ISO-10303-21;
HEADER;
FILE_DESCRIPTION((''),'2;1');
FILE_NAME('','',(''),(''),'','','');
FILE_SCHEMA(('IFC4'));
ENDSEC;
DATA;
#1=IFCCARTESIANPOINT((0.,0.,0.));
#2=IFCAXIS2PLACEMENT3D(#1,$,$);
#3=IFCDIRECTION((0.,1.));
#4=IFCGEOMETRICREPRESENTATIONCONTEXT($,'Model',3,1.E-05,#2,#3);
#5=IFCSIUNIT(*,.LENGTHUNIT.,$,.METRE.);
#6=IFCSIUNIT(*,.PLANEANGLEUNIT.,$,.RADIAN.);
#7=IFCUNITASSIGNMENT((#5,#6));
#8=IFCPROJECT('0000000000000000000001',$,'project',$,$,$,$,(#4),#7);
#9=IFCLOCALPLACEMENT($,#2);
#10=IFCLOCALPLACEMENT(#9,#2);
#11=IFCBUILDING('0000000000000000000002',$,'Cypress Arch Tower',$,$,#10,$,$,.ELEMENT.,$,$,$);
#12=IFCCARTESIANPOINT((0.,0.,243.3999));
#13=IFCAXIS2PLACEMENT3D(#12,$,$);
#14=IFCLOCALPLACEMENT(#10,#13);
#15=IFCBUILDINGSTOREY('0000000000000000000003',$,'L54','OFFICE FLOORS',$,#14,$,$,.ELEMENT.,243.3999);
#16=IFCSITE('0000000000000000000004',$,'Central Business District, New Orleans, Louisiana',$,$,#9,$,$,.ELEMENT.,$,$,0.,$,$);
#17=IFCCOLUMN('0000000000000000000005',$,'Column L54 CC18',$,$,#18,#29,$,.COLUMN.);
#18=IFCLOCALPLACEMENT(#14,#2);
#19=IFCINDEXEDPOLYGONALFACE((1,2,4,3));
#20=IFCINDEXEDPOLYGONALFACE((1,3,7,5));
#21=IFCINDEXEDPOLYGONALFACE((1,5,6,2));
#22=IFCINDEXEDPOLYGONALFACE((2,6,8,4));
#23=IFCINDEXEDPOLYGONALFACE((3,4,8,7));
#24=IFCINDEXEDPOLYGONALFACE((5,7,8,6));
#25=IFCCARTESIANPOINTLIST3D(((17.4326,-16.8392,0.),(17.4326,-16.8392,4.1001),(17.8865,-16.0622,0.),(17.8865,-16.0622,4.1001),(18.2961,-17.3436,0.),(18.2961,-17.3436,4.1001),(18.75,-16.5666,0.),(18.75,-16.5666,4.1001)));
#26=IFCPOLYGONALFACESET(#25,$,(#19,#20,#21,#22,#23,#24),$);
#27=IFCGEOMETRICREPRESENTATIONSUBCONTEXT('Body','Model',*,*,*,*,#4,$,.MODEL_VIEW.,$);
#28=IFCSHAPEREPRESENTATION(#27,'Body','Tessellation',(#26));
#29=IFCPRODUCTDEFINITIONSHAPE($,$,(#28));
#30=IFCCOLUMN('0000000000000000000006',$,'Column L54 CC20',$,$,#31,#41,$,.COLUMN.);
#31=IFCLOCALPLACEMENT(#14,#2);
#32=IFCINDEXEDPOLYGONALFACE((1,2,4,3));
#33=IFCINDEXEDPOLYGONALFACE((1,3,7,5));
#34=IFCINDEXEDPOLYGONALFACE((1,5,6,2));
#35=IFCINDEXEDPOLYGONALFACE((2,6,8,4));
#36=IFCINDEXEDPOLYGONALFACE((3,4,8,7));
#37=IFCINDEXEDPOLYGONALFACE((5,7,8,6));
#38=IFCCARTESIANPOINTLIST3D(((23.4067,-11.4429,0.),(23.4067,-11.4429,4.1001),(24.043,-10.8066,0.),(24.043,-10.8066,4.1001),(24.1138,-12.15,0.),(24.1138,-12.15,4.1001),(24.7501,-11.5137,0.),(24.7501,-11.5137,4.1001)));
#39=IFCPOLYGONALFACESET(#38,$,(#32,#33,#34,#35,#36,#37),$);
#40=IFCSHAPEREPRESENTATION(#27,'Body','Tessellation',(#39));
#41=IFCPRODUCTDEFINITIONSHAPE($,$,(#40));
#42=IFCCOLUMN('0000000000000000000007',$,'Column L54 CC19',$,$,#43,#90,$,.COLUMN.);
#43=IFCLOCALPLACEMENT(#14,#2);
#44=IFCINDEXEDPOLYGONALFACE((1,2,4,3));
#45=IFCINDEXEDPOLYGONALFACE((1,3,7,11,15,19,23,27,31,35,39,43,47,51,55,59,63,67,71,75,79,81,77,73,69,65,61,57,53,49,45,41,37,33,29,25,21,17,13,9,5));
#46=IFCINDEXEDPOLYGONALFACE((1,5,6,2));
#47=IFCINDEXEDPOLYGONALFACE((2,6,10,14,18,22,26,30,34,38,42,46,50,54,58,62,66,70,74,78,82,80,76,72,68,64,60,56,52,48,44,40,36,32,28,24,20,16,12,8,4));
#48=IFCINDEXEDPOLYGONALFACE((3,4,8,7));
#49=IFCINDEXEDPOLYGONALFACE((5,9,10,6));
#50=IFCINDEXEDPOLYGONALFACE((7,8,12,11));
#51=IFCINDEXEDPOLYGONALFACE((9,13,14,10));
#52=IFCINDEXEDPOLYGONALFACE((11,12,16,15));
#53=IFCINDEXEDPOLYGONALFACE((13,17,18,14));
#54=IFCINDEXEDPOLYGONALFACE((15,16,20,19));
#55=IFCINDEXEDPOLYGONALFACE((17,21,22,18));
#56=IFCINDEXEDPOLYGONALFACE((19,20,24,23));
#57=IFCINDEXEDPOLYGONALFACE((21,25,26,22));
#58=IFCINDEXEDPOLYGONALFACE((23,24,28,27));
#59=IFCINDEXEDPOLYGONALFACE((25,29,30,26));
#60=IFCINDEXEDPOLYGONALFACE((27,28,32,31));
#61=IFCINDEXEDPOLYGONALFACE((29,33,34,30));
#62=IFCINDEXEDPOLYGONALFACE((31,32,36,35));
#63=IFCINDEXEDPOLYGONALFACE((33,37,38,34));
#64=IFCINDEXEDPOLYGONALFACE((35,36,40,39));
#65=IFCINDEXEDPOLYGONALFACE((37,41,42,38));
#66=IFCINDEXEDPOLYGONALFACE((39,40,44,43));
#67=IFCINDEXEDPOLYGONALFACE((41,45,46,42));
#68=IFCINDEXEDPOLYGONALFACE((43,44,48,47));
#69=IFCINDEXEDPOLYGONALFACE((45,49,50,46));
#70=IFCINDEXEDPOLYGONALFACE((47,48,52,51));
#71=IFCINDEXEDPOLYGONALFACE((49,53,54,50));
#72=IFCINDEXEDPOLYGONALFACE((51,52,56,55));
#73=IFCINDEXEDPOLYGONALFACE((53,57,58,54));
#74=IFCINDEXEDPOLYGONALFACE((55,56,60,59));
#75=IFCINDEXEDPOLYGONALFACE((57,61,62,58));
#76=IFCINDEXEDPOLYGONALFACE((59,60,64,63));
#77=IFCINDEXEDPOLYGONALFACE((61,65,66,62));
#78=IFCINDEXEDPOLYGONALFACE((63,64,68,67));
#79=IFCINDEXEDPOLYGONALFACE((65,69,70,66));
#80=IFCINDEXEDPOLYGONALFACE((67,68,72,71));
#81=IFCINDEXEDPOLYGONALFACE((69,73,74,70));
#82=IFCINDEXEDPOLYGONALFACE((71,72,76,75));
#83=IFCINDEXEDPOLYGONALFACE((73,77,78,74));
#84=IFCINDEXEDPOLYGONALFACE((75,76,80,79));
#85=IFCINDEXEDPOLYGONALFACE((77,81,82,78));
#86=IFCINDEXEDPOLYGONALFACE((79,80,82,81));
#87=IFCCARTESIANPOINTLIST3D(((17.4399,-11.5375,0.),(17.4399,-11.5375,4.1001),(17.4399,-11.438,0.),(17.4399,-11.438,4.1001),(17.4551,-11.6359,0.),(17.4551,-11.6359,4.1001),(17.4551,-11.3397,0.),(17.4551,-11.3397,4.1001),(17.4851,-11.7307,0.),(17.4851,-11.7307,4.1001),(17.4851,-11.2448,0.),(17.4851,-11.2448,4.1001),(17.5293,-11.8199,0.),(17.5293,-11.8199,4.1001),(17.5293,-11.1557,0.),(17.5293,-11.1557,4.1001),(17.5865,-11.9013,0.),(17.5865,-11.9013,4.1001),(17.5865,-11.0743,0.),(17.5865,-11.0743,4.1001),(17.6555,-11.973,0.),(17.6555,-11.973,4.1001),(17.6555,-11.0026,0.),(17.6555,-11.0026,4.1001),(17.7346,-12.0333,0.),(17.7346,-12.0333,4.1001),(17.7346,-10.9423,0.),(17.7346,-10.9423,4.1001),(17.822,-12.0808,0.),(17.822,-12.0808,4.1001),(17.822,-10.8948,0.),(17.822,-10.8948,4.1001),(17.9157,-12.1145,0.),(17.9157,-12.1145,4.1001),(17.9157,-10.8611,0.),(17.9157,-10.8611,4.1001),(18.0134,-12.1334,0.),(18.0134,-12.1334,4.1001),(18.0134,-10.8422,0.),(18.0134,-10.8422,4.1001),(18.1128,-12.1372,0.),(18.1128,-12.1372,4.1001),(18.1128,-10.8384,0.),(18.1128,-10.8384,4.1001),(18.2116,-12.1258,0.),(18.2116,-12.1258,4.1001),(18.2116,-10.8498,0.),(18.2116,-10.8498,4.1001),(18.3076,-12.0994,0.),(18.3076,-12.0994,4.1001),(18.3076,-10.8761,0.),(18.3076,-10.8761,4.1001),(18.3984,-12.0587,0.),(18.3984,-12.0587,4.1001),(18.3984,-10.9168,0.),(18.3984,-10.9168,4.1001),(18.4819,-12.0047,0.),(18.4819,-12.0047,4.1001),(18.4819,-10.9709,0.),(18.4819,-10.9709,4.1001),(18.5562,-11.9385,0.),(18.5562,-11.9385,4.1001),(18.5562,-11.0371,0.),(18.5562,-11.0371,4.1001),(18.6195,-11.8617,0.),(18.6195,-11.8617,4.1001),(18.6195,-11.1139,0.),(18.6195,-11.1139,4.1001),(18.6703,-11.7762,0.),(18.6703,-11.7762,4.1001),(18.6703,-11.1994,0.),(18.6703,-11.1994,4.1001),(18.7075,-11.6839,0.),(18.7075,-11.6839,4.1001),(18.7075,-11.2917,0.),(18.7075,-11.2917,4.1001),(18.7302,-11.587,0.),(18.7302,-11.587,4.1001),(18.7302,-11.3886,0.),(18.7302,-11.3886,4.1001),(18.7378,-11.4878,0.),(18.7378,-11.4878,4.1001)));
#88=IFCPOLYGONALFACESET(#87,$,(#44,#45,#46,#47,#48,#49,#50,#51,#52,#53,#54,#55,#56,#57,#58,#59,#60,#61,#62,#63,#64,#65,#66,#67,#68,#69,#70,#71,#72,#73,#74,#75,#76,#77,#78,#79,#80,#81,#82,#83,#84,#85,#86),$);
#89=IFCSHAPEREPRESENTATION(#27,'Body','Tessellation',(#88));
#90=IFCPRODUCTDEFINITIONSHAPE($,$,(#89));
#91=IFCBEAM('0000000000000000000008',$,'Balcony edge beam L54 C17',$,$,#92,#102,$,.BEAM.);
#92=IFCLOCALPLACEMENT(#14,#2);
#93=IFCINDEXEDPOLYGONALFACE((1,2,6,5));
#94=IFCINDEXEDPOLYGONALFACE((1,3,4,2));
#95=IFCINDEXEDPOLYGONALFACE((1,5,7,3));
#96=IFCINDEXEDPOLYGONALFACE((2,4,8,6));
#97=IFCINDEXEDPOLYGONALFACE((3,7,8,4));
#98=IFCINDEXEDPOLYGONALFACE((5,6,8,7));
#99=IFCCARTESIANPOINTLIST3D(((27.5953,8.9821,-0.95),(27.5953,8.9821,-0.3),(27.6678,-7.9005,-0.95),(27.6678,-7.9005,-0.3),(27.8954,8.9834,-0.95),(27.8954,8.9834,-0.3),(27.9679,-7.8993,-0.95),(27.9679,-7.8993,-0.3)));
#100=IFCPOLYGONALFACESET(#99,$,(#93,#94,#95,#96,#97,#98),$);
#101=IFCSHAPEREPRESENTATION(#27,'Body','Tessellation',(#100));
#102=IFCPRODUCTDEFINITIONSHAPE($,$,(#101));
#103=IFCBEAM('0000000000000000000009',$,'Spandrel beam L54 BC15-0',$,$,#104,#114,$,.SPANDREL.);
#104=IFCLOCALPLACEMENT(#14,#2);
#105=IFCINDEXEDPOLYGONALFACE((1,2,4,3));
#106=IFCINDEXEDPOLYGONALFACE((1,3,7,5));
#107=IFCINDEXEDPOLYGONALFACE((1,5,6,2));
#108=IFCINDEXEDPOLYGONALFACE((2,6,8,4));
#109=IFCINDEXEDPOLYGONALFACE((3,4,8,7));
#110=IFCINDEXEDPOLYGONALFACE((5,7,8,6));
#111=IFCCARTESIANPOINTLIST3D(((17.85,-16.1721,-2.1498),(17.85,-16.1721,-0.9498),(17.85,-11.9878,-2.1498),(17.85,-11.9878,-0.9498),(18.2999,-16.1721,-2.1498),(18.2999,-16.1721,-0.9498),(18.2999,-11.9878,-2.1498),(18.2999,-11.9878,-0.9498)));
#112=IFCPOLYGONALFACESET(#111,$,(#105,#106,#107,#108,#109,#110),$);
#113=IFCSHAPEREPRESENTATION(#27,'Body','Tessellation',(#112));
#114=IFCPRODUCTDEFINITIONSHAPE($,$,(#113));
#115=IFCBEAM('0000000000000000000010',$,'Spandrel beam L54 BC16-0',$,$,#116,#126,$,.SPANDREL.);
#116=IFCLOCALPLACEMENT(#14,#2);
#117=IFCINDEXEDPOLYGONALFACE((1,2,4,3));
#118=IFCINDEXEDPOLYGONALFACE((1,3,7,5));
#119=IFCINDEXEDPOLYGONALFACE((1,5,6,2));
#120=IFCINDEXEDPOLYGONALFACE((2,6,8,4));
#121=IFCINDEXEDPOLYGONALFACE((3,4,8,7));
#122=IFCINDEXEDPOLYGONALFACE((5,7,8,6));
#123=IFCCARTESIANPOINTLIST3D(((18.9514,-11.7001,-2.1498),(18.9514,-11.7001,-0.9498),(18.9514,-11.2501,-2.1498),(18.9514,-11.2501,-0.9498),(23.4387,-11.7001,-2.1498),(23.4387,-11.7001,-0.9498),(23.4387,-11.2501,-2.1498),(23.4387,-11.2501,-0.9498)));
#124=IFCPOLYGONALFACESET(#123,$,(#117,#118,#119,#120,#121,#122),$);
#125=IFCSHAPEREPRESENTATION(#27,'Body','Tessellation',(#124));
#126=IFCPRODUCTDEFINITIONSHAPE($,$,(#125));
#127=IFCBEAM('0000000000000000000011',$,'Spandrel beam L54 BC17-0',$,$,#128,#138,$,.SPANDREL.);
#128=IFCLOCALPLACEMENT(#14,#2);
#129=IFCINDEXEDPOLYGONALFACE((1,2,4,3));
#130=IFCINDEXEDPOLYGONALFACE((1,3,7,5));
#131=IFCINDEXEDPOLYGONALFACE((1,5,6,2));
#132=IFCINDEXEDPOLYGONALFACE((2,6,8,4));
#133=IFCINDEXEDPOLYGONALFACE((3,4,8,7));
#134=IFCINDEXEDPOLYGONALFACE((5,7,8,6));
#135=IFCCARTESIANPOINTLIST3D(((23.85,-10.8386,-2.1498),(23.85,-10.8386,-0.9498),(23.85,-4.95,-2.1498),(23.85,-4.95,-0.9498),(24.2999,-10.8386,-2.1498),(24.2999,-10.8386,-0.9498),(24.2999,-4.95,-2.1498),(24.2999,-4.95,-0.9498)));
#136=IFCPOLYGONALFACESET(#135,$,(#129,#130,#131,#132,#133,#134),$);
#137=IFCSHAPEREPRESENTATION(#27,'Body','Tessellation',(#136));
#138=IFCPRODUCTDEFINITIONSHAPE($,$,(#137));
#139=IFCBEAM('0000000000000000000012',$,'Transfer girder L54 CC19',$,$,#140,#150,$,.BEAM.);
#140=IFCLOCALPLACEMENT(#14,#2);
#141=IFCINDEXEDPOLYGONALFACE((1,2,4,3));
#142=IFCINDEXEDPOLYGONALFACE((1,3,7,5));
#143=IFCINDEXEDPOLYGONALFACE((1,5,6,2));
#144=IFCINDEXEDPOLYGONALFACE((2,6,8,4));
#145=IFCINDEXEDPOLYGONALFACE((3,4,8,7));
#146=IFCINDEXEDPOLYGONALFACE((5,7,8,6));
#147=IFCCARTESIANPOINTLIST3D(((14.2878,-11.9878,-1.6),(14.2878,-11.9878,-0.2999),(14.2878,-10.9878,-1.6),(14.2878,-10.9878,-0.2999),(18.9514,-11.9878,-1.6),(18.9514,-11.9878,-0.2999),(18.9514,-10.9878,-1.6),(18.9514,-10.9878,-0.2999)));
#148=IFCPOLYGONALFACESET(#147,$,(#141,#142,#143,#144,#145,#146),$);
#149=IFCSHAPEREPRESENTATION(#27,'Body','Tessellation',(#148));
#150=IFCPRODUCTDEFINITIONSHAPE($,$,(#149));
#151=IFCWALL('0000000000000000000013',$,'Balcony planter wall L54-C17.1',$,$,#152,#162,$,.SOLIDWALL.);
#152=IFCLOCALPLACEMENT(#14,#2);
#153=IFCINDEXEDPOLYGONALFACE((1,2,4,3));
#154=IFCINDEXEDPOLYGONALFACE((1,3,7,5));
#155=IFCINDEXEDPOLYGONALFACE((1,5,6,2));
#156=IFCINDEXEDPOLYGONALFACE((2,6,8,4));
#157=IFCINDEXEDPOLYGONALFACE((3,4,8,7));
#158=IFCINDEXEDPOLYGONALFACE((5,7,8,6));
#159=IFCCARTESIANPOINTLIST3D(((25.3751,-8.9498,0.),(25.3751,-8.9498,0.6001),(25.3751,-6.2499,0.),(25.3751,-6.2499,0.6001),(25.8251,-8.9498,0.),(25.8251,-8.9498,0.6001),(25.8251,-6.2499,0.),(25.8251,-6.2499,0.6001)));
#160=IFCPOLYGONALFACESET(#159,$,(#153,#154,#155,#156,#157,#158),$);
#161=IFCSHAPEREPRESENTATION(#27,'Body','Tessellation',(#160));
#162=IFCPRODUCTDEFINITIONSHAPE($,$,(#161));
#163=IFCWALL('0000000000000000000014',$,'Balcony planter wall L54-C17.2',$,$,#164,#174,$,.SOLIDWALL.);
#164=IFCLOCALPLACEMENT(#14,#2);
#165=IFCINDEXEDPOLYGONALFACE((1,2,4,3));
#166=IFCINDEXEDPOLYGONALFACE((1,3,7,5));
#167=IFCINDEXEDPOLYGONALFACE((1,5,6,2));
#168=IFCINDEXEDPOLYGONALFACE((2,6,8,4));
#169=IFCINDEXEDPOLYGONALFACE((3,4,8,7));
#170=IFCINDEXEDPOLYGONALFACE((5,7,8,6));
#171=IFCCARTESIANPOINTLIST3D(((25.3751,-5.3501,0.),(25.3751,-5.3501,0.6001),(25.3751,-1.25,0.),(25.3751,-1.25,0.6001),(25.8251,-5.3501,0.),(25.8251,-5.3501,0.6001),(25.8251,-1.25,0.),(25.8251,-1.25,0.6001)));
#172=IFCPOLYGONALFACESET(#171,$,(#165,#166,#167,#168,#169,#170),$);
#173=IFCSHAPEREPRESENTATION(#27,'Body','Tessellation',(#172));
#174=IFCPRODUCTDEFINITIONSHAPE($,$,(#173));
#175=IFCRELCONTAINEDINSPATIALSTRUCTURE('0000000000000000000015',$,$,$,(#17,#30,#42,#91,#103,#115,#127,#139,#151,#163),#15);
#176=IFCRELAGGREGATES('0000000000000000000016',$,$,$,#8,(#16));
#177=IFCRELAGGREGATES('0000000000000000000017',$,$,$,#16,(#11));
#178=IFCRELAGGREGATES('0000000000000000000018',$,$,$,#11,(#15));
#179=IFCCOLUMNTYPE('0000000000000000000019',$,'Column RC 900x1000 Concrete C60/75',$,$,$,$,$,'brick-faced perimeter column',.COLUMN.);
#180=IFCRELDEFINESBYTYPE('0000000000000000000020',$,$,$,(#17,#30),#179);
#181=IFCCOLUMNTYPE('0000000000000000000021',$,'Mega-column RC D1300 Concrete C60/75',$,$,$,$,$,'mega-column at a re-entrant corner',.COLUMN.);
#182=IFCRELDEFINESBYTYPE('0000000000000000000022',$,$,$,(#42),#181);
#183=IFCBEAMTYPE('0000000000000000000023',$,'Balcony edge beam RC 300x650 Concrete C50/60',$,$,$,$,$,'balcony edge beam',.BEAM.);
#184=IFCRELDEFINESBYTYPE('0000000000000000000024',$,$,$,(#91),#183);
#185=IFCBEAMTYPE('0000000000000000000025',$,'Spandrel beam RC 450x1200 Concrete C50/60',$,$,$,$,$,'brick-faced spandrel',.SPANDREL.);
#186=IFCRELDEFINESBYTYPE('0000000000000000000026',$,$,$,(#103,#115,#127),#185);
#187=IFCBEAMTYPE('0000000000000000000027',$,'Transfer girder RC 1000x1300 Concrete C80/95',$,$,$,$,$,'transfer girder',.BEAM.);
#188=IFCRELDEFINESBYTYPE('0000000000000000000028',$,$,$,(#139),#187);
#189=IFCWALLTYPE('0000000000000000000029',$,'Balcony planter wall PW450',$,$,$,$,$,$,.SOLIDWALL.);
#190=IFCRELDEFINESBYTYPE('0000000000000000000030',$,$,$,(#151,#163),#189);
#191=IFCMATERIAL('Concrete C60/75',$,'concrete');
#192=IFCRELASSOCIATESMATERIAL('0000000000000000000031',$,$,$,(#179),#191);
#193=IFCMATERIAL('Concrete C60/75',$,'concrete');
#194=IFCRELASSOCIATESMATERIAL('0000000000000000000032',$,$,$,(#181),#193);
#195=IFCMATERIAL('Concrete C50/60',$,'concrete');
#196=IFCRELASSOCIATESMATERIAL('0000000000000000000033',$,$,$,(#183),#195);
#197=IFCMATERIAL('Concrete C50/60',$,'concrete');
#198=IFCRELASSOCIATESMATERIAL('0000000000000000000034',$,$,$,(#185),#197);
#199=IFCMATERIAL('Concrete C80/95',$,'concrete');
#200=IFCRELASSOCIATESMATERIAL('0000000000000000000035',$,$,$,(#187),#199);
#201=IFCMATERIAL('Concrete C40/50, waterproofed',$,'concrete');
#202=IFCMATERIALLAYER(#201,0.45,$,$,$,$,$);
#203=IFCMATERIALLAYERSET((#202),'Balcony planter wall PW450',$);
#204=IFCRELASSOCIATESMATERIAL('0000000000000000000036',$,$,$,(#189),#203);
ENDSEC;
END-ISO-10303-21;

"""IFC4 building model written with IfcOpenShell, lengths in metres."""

from ifc_helpers import new_model, si_unit, direction, frame, frame_2d, origin, origin_2d, place, context, subcontext, project, spatial, rectangle, circle, extrude, material, layer, layer_set, material_profile, profile_set, type_object, element, save


model = new_model("IFC4")

# Units and contexts
model_context = context("Model", 3, precision=1e-05, world=origin(), true_north=direction((0.0, 1.0)))
body_context = subcontext(model_context, "Body", "Model", "MODEL_VIEW")
ifc_project = project(units=[si_unit("LENGTHUNIT", "METRE"), si_unit("PLANEANGLEUNIT", "RADIAN")], contexts=[model_context])

# Site, building, storey
site_placement = place(None, origin())
site = spatial("IfcSite", under=ifc_project, at=site_placement, Name="Central Business District, New Orleans, Louisiana", CompositionType="ELEMENT", RefElevation=0.0)
building_placement = place(site_placement, origin())
building = spatial("IfcBuilding", under=site, at=building_placement, Name="Cypress Arch Tower", CompositionType="ELEMENT")
storey_placement = place(building_placement, frame((0.0, 0.0, 243.3999)))
storey = spatial("IfcBuildingStorey", under=building, at=storey_placement, Name="L54", Description="OFFICE FLOORS", CompositionType="ELEMENT", Elevation=243.3999)

# Columns
ifc_material_1 = material(Name="Concrete C60/75", Category="concrete")
ifc_material_profile_1 = material_profile(ifc_material_1, rectangle(XDim=0.8999, YDim=1.0, at=origin_2d()), Name="RC 900x1000")
ifc_profile_set_1 = profile_set([ifc_material_profile_1], Name="Concrete C60/75")
column_type_1 = type_object("IfcColumnType", Name="Column RC 900x1000 Concrete C60/75", ElementType="brick-faced perimeter column", PredefinedType="COLUMN", material=ifc_profile_set_1)
for number, where, z_axis, x_axis, name in (
    (1, (18.0913, -16.7029, 0.0), (0.0, 0.0, 1.0), (0.504399, 0.863471, 0.0), "Column L54 CC18"),
    (2, (24.0784, -11.4783, 0.0), (0.0, 0.0, 1.0), (0.707107, 0.707107, 0.0), "Column L54 CC20"),
):
    element("IfcColumn", number, at=place(storey_placement, frame(where, z_axis=z_axis, x_axis=x_axis)), inside=storey, type_object=column_type_1, Name=name, PredefinedType="COLUMN", context=body_context, shape_type="SweptSolid", body=[
        extrude(rectangle(XDim=0.8999, YDim=1.0, at=origin_2d()), origin(), (0.0, 0.0, 1.0), 4.1001),
    ])
ifc_material_2 = material(Name="Concrete C60/75", Category="concrete")
ifc_material_profile_2 = material_profile(ifc_material_2, circle(Radius=0.6499, at=origin_2d()), Name="RC D1300")
ifc_profile_set_2 = profile_set([ifc_material_profile_2], Name="Concrete C60/75")
column_type_2 = type_object("IfcColumnType", Name="Mega-column RC D1300 Concrete C60/75", ElementType="mega-column at a re-entrant corner", PredefinedType="COLUMN", material=ifc_profile_set_2)
column_placement = place(storey_placement, frame((18.0879, -11.4878, 0.0), z_axis=(0.0, 0.0, 1.0), x_axis=(1.0, 0.0, 0.0)))
element("IfcColumn", 3, at=column_placement, inside=storey, type_object=column_type_2, Name="Column L54 CC19", PredefinedType="COLUMN", context=body_context, shape_type="SweptSolid", body=[
    extrude(circle(Radius=0.6499, at=origin_2d()), origin(), (0.0, 0.0, 1.0), 4.1001),
])

# Beams
ifc_material_3 = material(Name="Concrete C50/60", Category="concrete")
ifc_material_profile_3 = material_profile(ifc_material_3, rectangle(XDim=0.3, YDim=0.6499, at=origin_2d()), Name="RC 300x650")
ifc_profile_set_3 = profile_set([ifc_material_profile_3], Name="Concrete C50/60")
beam_type_1 = type_object("IfcBeamType", Name="Balcony edge beam RC 300x650 Concrete C50/60", ElementType="balcony edge beam", PredefinedType="BEAM", material=ifc_profile_set_3)
beam_1_placement = place(storey_placement, frame((27.8179, -7.8999, -0.625), z_axis=(-0.004295, 0.999991, 0.0), x_axis=(-0.999991, -0.004295, 0.0)))
element("IfcBeam", 4, at=beam_1_placement, inside=storey, type_object=beam_type_1, Name="Balcony edge beam L54 C17", PredefinedType="BEAM", context=body_context, shape_type="SweptSolid", body=[
    extrude(rectangle(XDim=0.3, YDim=0.6499, at=origin_2d()), origin(), (0.0, 0.0, 1.0), 16.8828),
])
ifc_material_4 = material(Name="Concrete C50/60", Category="concrete")
ifc_material_profile_4 = material_profile(ifc_material_4, rectangle(XDim=0.45, YDim=1.2, at=origin_2d()), Name="RC 450x1200")
ifc_profile_set_4 = profile_set([ifc_material_profile_4], Name="Concrete C50/60")
beam_type_2 = type_object("IfcBeamType", Name="Spandrel beam RC 450x1200 Concrete C50/60", ElementType="brick-faced spandrel", PredefinedType="SPANDREL", material=ifc_profile_set_4)
beam_2_placement = place(storey_placement, frame((18.075, -16.1721, -1.5498), z_axis=(0.0, 1.0, 0.0), x_axis=(-1.0, 0.0, 0.0)))
element("IfcBeam", 5, at=beam_2_placement, inside=storey, type_object=beam_type_2, Name="Spandrel beam L54 BC15-0", PredefinedType="SPANDREL", context=body_context, shape_type="SweptSolid", body=[
    extrude(rectangle(XDim=0.45, YDim=1.2, at=origin_2d()), origin(), (0.0, 0.0, 1.0), 4.1843),
])
beam_3_placement = place(storey_placement, frame((18.9514, -11.4751, -1.5498), z_axis=(1.0, 0.0, 0.0), x_axis=(0.0, 1.0, 0.0)))
element("IfcBeam", 6, at=beam_3_placement, inside=storey, type_object=beam_type_2, Name="Spandrel beam L54 BC16-0", PredefinedType="SPANDREL", context=body_context, shape_type="SweptSolid", body=[
    extrude(rectangle(XDim=0.45, YDim=1.2, at=origin_2d()), origin(), (0.0, 0.0, 1.0), 4.4873),
])
beam_4_placement = place(storey_placement, frame((24.075, -10.8386, -1.5498), z_axis=(0.0, 1.0, 0.0), x_axis=(-1.0, 0.0, 0.0)))
element("IfcBeam", 7, at=beam_4_placement, inside=storey, type_object=beam_type_2, Name="Spandrel beam L54 BC17-0", PredefinedType="SPANDREL", context=body_context, shape_type="SweptSolid", body=[
    extrude(rectangle(XDim=0.45, YDim=1.2, at=origin_2d()), origin(), (0.0, 0.0, 1.0), 5.8887),
])
ifc_material_5 = material(Name="Concrete C80/95", Category="concrete")
ifc_material_profile_5 = material_profile(ifc_material_5, rectangle(XDim=1.0, YDim=1.3, at=origin_2d()), Name="RC 1000x1300")
ifc_profile_set_5 = profile_set([ifc_material_profile_5], Name="Concrete C80/95")
beam_type_3 = type_object("IfcBeamType", Name="Transfer girder RC 1000x1300 Concrete C80/95", ElementType="transfer girder", PredefinedType="BEAM", material=ifc_profile_set_5)
beam_5_placement = place(storey_placement, frame((14.2878, -11.4878, -0.95), z_axis=(1.0, 0.0, 0.0), x_axis=(0.0, 1.0, 0.0)))
element("IfcBeam", 8, at=beam_5_placement, inside=storey, type_object=beam_type_3, Name="Transfer girder L54 CC19", PredefinedType="BEAM", context=body_context, shape_type="SweptSolid", body=[
    extrude(rectangle(XDim=1.0, YDim=1.3, at=origin_2d()), origin(), (0.0, 0.0, 1.0), 4.6636),
])

# Walls
ifc_material_6 = material(Name="Concrete C40/50, waterproofed", Category="concrete")
ifc_layer_1 = layer(ifc_material_6, 0.45)
ifc_layer_set_1 = layer_set([ifc_layer_1], Name="Balcony planter wall PW450")
wall_type_1 = type_object("IfcWallType", Name="Balcony planter wall PW450", PredefinedType="SOLIDWALL", material=ifc_layer_set_1)
wall_1_placement = place(storey_placement, frame((25.6001, -8.95, 0.0), z_axis=(0.0, 0.0, 1.0), x_axis=(0.0, 1.0, 0.0)))
element("IfcWall", 9, at=wall_1_placement, inside=storey, type_object=wall_type_1, Name="Balcony planter wall L54-C17.1", PredefinedType="SOLIDWALL", context=body_context, shape_type="SweptSolid", body=[
    extrude(rectangle(XDim=2.7, YDim=0.45, at=frame_2d((1.3501, 0.0))), origin(), (0.0, 0.0, 1.0), 0.6001),
])
wall_2_placement = place(storey_placement, frame((25.6001, -5.3501, 0.0), z_axis=(0.0, 0.0, 1.0), x_axis=(0.0, 1.0, 0.0)))
element("IfcWall", 10, at=wall_2_placement, inside=storey, type_object=wall_type_1, Name="Balcony planter wall L54-C17.2", PredefinedType="SOLIDWALL", context=body_context, shape_type="SweptSolid", body=[
    extrude(rectangle(XDim=4.1001, YDim=0.45, at=frame_2d((2.05, 0.0))), origin(), (0.0, 0.0, 1.0), 0.6001),
])

save(model, "model.ifc")
